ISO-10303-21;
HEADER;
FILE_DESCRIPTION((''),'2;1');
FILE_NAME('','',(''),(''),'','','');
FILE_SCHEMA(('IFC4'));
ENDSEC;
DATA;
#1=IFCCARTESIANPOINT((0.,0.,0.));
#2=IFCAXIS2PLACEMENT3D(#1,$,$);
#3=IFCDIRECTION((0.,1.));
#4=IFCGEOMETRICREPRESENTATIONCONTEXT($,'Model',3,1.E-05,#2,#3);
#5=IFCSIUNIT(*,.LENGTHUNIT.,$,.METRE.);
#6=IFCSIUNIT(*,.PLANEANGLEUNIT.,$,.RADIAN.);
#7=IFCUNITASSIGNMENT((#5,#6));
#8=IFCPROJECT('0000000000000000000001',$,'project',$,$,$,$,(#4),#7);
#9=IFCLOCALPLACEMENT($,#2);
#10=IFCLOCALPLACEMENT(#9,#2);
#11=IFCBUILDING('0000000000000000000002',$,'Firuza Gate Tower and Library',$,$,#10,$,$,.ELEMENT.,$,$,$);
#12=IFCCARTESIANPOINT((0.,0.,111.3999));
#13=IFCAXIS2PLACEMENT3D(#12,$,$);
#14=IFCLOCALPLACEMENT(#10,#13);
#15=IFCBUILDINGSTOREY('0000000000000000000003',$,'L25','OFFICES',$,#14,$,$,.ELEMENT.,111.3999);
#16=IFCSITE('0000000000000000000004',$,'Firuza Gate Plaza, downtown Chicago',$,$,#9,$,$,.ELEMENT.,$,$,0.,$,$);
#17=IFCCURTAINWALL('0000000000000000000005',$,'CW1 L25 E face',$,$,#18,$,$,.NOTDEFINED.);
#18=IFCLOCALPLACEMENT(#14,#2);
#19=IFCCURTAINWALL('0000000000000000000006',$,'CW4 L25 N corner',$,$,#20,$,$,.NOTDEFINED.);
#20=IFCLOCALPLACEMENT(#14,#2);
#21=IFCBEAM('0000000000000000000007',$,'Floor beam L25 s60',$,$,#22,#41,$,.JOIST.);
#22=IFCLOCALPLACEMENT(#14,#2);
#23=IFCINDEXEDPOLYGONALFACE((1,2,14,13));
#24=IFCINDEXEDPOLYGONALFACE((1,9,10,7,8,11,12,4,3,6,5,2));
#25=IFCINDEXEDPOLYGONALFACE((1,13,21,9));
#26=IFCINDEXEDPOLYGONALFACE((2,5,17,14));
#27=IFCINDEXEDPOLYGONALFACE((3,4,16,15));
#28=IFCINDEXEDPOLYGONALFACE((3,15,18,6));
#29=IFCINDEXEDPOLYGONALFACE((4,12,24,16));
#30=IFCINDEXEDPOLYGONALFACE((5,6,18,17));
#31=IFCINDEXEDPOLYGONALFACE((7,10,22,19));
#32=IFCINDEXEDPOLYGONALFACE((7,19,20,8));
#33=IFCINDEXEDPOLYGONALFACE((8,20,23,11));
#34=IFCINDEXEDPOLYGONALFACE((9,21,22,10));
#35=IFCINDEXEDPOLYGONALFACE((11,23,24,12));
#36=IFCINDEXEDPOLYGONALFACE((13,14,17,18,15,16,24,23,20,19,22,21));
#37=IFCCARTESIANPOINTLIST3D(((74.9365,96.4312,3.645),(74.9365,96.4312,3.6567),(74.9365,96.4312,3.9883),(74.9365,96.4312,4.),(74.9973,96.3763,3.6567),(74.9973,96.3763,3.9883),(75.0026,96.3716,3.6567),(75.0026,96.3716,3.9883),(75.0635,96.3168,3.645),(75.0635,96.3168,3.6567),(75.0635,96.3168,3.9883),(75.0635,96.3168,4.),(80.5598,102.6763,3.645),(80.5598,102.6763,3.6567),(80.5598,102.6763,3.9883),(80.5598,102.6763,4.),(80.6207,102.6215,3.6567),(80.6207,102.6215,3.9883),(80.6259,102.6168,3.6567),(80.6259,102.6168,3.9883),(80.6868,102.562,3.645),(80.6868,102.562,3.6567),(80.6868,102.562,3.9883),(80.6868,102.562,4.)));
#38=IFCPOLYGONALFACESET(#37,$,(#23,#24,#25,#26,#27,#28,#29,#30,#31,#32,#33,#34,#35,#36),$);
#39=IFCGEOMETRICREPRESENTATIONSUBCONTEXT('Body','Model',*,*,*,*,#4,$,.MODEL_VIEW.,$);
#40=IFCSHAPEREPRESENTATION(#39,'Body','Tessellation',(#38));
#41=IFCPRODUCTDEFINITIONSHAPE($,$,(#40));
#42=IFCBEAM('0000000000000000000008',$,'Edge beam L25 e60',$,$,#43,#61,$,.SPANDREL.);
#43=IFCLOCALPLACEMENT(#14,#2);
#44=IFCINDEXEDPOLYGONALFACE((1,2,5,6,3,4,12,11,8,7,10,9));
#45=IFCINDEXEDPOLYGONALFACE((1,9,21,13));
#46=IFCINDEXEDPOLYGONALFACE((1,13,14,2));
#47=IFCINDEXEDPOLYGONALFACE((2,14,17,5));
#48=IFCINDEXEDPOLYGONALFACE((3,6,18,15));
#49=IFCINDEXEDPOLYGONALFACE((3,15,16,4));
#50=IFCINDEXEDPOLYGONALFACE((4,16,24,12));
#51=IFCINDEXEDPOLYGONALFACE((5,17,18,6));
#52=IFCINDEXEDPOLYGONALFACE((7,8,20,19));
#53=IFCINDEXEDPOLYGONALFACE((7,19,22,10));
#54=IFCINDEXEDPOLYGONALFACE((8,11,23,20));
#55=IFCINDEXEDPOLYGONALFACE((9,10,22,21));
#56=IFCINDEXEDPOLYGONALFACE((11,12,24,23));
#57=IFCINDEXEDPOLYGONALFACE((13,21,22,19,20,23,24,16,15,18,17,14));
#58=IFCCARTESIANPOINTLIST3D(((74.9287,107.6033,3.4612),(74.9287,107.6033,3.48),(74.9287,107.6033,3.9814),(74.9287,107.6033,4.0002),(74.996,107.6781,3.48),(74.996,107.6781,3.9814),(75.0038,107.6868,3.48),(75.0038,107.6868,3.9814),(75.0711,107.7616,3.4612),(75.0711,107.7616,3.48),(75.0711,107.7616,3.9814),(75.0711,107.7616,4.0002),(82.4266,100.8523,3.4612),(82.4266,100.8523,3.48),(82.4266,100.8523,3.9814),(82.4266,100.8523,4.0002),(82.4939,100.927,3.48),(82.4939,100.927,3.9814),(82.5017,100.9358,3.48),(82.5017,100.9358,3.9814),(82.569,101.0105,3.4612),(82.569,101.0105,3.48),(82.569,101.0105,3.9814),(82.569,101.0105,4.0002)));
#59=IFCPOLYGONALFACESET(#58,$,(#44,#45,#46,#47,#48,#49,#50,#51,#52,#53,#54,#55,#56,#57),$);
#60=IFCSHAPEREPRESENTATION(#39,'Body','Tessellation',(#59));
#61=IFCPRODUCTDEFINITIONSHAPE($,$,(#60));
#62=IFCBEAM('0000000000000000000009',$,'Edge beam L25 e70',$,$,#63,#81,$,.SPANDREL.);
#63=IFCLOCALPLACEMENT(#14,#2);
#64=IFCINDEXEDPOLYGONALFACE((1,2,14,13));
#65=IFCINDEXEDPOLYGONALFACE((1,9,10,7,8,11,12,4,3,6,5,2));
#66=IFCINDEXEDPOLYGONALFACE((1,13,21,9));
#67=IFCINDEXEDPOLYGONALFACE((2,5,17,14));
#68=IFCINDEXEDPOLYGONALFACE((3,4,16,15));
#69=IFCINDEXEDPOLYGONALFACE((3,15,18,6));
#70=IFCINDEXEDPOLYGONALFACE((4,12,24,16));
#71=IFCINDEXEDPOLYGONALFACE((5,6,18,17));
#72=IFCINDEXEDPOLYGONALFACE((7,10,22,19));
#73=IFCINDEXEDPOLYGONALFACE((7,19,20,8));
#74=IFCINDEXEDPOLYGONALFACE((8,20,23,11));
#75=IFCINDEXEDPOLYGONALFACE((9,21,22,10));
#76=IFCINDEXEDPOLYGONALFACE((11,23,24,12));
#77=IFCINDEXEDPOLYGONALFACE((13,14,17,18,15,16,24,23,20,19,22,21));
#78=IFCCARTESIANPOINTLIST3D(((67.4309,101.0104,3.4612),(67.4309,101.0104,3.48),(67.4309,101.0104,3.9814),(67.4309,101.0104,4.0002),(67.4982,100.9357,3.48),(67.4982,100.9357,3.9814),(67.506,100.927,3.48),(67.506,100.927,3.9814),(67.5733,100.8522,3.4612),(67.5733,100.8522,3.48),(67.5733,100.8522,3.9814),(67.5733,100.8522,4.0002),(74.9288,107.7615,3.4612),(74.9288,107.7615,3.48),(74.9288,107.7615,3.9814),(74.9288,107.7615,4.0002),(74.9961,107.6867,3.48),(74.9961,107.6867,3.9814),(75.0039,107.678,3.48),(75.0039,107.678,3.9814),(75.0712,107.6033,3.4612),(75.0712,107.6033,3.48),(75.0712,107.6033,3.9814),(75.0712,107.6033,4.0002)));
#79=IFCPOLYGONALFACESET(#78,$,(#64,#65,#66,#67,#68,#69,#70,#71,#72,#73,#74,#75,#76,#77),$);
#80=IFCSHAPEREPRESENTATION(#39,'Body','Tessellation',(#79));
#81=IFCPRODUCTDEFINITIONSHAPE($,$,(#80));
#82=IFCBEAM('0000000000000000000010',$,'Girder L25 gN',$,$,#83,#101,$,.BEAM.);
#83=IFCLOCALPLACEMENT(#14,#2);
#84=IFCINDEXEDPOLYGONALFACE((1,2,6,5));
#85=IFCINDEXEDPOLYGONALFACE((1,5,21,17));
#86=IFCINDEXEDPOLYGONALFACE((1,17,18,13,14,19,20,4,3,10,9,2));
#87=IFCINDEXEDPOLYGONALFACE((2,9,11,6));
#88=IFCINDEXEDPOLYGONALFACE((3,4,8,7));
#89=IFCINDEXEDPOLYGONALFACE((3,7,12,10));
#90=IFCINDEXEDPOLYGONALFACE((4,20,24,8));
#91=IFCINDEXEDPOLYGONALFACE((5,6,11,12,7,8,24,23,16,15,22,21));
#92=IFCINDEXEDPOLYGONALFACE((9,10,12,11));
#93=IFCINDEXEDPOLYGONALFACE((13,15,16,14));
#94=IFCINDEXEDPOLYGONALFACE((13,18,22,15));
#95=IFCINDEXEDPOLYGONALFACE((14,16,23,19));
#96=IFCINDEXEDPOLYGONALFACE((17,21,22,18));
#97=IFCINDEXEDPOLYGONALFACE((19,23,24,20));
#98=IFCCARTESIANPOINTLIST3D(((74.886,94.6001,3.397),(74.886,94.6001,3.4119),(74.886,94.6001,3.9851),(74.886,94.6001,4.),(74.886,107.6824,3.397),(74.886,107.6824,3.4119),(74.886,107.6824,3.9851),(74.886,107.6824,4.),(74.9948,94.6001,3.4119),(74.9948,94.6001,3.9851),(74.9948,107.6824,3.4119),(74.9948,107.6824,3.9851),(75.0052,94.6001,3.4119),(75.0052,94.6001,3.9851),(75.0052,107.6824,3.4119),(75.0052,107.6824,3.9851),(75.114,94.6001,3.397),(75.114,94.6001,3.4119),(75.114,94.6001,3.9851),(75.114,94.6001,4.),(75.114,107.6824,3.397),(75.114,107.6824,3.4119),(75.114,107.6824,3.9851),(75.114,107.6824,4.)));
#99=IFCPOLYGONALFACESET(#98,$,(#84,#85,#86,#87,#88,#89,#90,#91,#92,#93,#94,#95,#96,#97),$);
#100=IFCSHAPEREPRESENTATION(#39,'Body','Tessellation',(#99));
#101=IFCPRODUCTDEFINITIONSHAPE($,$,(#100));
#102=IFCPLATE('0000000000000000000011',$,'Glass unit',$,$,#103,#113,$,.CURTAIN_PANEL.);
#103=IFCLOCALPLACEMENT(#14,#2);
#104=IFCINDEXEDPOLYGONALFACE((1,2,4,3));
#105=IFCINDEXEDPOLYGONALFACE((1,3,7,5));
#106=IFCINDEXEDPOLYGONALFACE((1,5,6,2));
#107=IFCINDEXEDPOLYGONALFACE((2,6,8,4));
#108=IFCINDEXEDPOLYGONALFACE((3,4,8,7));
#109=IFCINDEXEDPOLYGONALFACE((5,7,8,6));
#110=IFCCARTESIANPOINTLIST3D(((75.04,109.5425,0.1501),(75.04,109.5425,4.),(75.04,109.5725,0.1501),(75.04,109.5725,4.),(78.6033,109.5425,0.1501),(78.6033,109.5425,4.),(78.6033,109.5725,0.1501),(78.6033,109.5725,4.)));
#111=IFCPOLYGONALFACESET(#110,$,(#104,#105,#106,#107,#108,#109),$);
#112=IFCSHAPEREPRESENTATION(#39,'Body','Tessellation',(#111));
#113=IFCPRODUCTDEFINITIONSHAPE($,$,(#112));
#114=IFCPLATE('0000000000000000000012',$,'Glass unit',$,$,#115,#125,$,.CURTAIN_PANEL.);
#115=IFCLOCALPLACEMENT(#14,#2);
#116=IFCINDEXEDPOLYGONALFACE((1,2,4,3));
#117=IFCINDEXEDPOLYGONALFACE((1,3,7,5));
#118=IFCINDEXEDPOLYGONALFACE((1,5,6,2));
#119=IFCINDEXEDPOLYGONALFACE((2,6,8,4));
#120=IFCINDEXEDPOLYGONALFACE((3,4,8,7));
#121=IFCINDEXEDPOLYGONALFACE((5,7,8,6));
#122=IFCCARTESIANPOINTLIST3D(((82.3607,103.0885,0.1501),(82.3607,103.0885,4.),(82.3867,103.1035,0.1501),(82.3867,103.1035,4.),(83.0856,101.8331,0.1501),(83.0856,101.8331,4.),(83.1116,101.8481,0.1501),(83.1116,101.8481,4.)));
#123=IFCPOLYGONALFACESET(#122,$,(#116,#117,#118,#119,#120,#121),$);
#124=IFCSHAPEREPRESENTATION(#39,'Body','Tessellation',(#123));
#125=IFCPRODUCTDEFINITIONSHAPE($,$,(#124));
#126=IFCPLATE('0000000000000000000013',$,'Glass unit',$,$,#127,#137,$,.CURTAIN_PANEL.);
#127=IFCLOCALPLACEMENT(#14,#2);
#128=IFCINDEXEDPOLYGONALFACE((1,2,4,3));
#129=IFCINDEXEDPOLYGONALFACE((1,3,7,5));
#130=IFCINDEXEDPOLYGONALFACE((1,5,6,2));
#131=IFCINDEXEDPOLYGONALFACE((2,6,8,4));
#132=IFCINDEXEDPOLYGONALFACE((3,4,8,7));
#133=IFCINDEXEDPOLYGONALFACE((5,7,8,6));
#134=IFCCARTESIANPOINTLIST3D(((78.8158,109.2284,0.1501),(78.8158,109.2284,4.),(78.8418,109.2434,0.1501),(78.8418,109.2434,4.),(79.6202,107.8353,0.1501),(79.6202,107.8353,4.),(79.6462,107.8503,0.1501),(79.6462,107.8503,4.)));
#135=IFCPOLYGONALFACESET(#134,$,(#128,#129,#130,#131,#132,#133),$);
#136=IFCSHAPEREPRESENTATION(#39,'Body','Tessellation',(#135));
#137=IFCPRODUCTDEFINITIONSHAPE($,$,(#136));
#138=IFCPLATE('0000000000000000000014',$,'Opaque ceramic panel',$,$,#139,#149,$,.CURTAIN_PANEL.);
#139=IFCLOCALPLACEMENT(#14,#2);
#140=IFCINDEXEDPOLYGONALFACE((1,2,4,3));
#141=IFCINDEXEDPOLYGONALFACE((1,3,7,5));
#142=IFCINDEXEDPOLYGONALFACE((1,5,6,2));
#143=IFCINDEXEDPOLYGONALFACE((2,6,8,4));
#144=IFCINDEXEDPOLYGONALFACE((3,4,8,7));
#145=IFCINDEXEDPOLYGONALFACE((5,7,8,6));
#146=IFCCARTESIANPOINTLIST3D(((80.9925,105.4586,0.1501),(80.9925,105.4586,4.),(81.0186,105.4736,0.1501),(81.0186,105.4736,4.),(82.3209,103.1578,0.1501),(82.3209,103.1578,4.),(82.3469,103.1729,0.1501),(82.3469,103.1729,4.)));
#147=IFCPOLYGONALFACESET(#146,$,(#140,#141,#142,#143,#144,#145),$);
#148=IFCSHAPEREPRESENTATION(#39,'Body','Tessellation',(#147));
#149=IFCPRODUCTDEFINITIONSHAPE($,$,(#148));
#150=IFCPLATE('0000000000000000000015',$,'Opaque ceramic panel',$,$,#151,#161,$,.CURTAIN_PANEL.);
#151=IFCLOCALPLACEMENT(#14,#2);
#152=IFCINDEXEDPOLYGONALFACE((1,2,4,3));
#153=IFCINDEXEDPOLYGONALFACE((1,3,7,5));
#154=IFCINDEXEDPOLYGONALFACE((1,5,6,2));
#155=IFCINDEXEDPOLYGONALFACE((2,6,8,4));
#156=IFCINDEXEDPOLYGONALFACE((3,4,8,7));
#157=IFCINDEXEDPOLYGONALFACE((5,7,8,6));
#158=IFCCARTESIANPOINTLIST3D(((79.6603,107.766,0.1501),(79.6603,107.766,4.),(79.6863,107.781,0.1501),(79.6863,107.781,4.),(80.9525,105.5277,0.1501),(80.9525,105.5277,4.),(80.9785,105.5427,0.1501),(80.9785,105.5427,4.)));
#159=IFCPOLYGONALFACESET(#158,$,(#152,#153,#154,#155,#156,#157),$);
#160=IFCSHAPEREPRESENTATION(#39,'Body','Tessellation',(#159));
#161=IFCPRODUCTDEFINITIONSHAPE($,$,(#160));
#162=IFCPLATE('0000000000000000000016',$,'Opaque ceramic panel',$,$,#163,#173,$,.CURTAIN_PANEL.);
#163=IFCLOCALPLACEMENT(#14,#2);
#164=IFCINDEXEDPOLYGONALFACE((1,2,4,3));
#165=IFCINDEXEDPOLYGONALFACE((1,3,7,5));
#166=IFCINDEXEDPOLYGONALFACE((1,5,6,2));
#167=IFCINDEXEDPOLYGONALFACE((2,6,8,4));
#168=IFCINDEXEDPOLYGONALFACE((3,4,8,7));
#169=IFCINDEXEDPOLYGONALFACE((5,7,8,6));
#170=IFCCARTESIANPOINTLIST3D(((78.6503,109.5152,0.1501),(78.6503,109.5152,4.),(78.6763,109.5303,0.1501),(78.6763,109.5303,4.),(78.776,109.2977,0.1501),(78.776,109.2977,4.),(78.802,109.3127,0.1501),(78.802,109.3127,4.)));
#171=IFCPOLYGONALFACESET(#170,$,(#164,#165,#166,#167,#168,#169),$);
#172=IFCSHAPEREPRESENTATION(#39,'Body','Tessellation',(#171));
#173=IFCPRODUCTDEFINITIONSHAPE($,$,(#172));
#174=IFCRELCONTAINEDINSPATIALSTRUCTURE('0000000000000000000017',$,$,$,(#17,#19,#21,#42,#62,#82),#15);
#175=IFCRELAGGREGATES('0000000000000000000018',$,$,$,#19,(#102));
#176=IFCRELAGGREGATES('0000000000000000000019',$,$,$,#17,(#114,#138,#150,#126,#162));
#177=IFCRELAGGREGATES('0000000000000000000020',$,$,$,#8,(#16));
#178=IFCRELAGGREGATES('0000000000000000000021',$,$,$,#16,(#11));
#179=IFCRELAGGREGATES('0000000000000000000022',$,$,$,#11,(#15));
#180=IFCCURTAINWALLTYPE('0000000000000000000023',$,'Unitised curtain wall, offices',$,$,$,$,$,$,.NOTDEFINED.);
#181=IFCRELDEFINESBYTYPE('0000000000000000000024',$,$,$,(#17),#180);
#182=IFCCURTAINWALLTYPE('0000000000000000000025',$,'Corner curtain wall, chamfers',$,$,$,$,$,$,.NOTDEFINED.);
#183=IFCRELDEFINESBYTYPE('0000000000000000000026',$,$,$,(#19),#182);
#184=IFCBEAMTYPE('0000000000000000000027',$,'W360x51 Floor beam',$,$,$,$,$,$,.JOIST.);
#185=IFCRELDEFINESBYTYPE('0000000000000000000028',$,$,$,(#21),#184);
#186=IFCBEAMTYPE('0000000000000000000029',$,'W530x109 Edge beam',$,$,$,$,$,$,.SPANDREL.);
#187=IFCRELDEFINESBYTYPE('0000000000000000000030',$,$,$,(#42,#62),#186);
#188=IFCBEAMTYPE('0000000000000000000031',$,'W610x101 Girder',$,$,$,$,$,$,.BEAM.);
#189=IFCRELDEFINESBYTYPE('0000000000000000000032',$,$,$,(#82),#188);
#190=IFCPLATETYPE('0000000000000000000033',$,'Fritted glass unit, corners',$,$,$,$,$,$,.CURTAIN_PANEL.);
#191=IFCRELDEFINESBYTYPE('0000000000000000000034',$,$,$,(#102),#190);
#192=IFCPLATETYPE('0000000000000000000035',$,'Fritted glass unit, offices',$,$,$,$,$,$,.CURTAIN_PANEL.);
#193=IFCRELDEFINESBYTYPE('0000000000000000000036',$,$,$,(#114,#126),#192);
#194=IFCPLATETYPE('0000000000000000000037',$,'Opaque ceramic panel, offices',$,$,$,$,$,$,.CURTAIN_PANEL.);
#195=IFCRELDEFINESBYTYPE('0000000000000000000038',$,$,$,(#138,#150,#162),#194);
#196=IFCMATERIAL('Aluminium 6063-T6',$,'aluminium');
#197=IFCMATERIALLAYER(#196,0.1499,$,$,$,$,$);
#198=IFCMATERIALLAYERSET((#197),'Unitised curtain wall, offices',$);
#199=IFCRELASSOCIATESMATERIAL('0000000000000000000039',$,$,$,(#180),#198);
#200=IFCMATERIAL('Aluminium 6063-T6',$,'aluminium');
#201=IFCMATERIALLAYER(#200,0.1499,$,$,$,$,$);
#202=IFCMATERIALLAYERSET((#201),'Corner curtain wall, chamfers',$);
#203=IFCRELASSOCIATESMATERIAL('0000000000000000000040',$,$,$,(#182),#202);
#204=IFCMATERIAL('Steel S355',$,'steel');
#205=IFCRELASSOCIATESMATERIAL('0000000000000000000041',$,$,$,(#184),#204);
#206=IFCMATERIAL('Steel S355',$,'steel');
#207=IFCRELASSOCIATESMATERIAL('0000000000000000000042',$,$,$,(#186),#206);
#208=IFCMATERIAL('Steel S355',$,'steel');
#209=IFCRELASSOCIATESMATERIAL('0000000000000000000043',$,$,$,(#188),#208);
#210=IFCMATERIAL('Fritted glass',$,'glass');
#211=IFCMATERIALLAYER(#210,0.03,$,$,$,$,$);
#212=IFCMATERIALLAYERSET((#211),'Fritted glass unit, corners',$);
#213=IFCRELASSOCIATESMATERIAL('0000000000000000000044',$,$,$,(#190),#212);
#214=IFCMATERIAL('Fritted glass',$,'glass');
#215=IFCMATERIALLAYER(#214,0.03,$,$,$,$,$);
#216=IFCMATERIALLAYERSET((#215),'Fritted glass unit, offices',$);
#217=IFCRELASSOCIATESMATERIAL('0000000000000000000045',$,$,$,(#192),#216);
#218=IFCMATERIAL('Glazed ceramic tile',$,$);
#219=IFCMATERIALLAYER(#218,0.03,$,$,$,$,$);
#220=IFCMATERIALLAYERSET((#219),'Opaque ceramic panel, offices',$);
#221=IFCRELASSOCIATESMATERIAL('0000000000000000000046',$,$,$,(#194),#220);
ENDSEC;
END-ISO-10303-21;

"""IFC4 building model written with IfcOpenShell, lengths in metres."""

from ifc_helpers import new_model, si_unit, direction, frame, origin, origin_2d, place, context, subcontext, project, spatial, polyline, i_section, outline, extrude, material, layer, layer_set, material_profile, profile_set, type_object, element, aggregate, save


model = new_model("IFC4")

# Units and contexts
model_context = context("Model", 3, precision=1e-05, world=origin(), true_north=direction((0.0, 1.0)))
body_context = subcontext(model_context, "Body", "Model", "MODEL_VIEW")
ifc_project = project(units=[si_unit("LENGTHUNIT", "METRE"), si_unit("PLANEANGLEUNIT", "RADIAN")], contexts=[model_context])

# Site, building, storey
site_placement = place(None, origin())
site = spatial("IfcSite", under=ifc_project, at=site_placement, Name="Firuza Gate Plaza, downtown Chicago", CompositionType="ELEMENT", RefElevation=0.0)
building_placement = place(site_placement, origin())
building = spatial("IfcBuilding", under=site, at=building_placement, Name="Firuza Gate Tower and Library", CompositionType="ELEMENT")
storey_placement = place(building_placement, frame((0.0, 0.0, 111.3999)))
storey = spatial("IfcBuildingStorey", under=building, at=storey_placement, Name="L25", Description="OFFICES", CompositionType="ELEMENT", Elevation=111.3999)

# Curtain walls
ifc_material_1 = material(Name="Aluminium 6063-T6", Category="aluminium")
ifc_layer_1 = layer(ifc_material_1, 0.1499)
ifc_layer_set_1 = layer_set([ifc_layer_1], Name="Unitised curtain wall, offices")
curtain_wall_type_1 = type_object("IfcCurtainWallType", Name="Unitised curtain wall, offices", PredefinedType="NOTDEFINED", material=ifc_layer_set_1)
placement = place(storey_placement, origin())
curtain_wall_1 = element("IfcCurtainWall", 1, at=placement, inside=storey, type_object=curtain_wall_type_1, Name="CW1 L25 E face", PredefinedType="NOTDEFINED")
ifc_material_2 = material(Name="Aluminium 6063-T6", Category="aluminium")
ifc_layer_2 = layer(ifc_material_2, 0.1499)
ifc_layer_set_2 = layer_set([ifc_layer_2], Name="Corner curtain wall, chamfers")
curtain_wall_type_2 = type_object("IfcCurtainWallType", Name="Corner curtain wall, chamfers", PredefinedType="NOTDEFINED", material=ifc_layer_set_2)
curtain_wall_2 = element("IfcCurtainWall", 2, at=placement, inside=storey, type_object=curtain_wall_type_2, Name="CW4 L25 N corner", PredefinedType="NOTDEFINED")

# Beams
ifc_material_3 = material(Name="Steel S355", Category="steel")
ifc_material_profile_1 = material_profile(ifc_material_3, i_section(OverallWidth=0.1709, OverallDepth=0.355, WebThickness=0.0071, FlangeThickness=0.0117, at=origin_2d()))
ifc_profile_set_1 = profile_set([ifc_material_profile_1], Name="Steel S355")
beam_type_1 = type_object("IfcBeamType", Name="W360x51 Floor beam", PredefinedType="JOIST", material=ifc_profile_set_1)
beam_1_placement = place(storey_placement, frame((80.6233, 102.6191, 3.8225), z_axis=(-0.669141, -0.743135, 0.0), x_axis=(0.743135, -0.669141, 0.0)))
element("IfcBeam", 3, at=beam_1_placement, inside=storey, type_object=beam_type_1, Name="Floor beam L25 s60", PredefinedType="JOIST", context=body_context, shape_type="SweptSolid", body=[
    extrude(i_section(OverallWidth=0.1709, OverallDepth=0.355, WebThickness=0.0071, FlangeThickness=0.0117, at=origin_2d()), origin(), (0.0, 0.0, 1.0), 8.4038),
])
ifc_material_4 = material(Name="Steel S355", Category="steel")
ifc_material_profile_2 = material_profile(ifc_material_4, i_section(OverallWidth=0.2129, OverallDepth=0.5391, WebThickness=0.0117, FlangeThickness=0.0188, at=origin_2d()))
ifc_profile_set_2 = profile_set([ifc_material_profile_2], Name="Steel S355")
beam_type_2 = type_object("IfcBeamType", Name="W530x109 Edge beam", PredefinedType="SPANDREL", material=ifc_profile_set_2)
for number, where, z_axis, x_axis, name in (
    (4, (82.4978, 100.9314, 3.7307), (-0.743149, 0.669126, 0.0), (-0.669126, -0.743149, 0.0), "Edge beam L25 e60"),
    (5, (75.0, 107.6824, 3.7307), (-0.743149, -0.669126, 0.0), (0.669126, -0.743149, 0.0), "Edge beam L25 e70"),
):
    element("IfcBeam", number, at=place(storey_placement, frame(where, z_axis=z_axis, x_axis=x_axis)), inside=storey, type_object=beam_type_2, Name=name, PredefinedType="SPANDREL", context=body_context, shape_type="SweptSolid", body=[
        extrude(i_section(OverallWidth=0.2129, OverallDepth=0.5391, WebThickness=0.0117, FlangeThickness=0.0188, at=origin_2d()), origin(), (0.0, 0.0, 1.0), 10.0894),
    ])
ifc_material_5 = material(Name="Steel S355", Category="steel")
ifc_material_profile_3 = material_profile(ifc_material_5, i_section(OverallWidth=0.228, OverallDepth=0.603, WebThickness=0.0105, FlangeThickness=0.0149, at=origin_2d()))
ifc_profile_set_3 = profile_set([ifc_material_profile_3], Name="Steel S355")
beam_type_3 = type_object("IfcBeamType", Name="W610x101 Girder", PredefinedType="BEAM", material=ifc_profile_set_3)
beam_2_placement = place(storey_placement, frame((75.0, 107.6824, 3.6985), z_axis=(0.0, -1.0, 0.0), x_axis=(1.0, 0.0, 0.0)))
element("IfcBeam", 6, at=beam_2_placement, inside=storey, type_object=beam_type_3, Name="Girder L25 gN", PredefinedType="BEAM", context=body_context, shape_type="SweptSolid", body=[
    extrude(i_section(OverallWidth=0.228, OverallDepth=0.603, WebThickness=0.0105, FlangeThickness=0.0149, at=origin_2d()), origin(), (0.0, 0.0, 1.0), 13.0823),
])

# Plates
ifc_material_6 = material(Name="Fritted glass", Category="glass")
ifc_layer_3 = layer(ifc_material_6, 0.03)
ifc_layer_set_3 = layer_set([ifc_layer_3], Name="Fritted glass unit, corners")
plate_type_1 = type_object("IfcPlateType", Name="Fritted glass unit, corners", PredefinedType="CURTAIN_PANEL", material=ifc_layer_set_3)
plate_1_placement = place(storey_placement, frame((78.6033, 109.5725, 0.1501), z_axis=(0.0, 1.0, 0.0), x_axis=(-1.0, 0.0, 0.0)))
plate_1 = element("IfcPlate", 7, at=plate_1_placement, type_object=plate_type_1, Name="Glass unit", PredefinedType="CURTAIN_PANEL", context=body_context, shape_type="SweptSolid", body=[
    extrude(outline(polyline([(0.0, 0.0), (3.5632, 0.0), (3.5632, 3.8499), (0.0, 3.8499), (0.0, 0.0)])), origin(), (0.0, 0.0, -1.0), 0.03),
])
aggregate(curtain_wall_2, [plate_1])
ifc_material_7 = material(Name="Fritted glass", Category="glass")
ifc_layer_4 = layer(ifc_material_7, 0.03)
ifc_layer_set_4 = layer_set([ifc_layer_4], Name="Fritted glass unit, offices")
plate_type_2 = type_object("IfcPlateType", Name="Fritted glass unit, offices", PredefinedType="CURTAIN_PANEL", material=ifc_layer_set_4)
plate_2_placement = place(storey_placement, frame((83.1116, 101.8481, 0.1501), z_axis=(0.866006, 0.500033, 0.0), x_axis=(-0.500033, 0.866006, 0.0)))
plate_2 = element("IfcPlate", 8, at=plate_2_placement, type_object=plate_type_2, Name="Glass unit", PredefinedType="CURTAIN_PANEL", context=body_context, shape_type="SweptSolid", body=[
    extrude(outline(polyline([(0.0, 0.0), (1.4496, 0.0), (1.4496, 3.8499), (0.0, 3.8499), (0.0, 0.0)])), origin(), (0.0, 0.0, -1.0), 0.03),
])
plate_3_placement = place(storey_placement, frame((79.6462, 107.8503, 0.1501), z_axis=(0.865983, 0.500073, 0.0), x_axis=(-0.500073, 0.865983, 0.0)))
plate_3 = element("IfcPlate", 9, at=plate_3_placement, type_object=plate_type_2, Name="Glass unit", PredefinedType="CURTAIN_PANEL", context=body_context, shape_type="SweptSolid", body=[
    extrude(outline(polyline([(0.0, 0.0), (1.6087, 0.0), (1.6087, 3.8499), (0.0, 3.8499), (0.0, 0.0)])), origin(), (0.0, 0.0, -1.0), 0.03),
])
ifc_material_8 = material(Name="Glazed ceramic tile")
ifc_layer_5 = layer(ifc_material_8, 0.03)
ifc_layer_set_5 = layer_set([ifc_layer_5], Name="Opaque ceramic panel, offices")
plate_type_3 = type_object("IfcPlateType", Name="Opaque ceramic panel, offices", PredefinedType="CURTAIN_PANEL", material=ifc_layer_set_5)
plate_4_placement = place(storey_placement, frame((82.3469, 103.1729, 0.1501), z_axis=(0.866023, 0.500004, 0.0), x_axis=(-0.500004, 0.866023, 0.0)))
plate_4 = element("IfcPlate", 10, at=plate_4_placement, type_object=plate_type_3, Name="Opaque ceramic panel", PredefinedType="CURTAIN_PANEL", context=body_context, shape_type="SweptSolid", body=[
    extrude(outline(polyline([(0.0, 0.0), (2.6567, 0.0), (2.6567, 3.8499), (0.0, 3.8499), (0.0, 0.0)])), origin(), (0.0, 0.0, -1.0), 0.03),
])
plate_5_placement = place(storey_placement, frame((80.9785, 105.5427, 0.1501), z_axis=(0.866031, 0.49999, 0.0), x_axis=(-0.49999, 0.866031, 0.0)))
plate_5 = element("IfcPlate", 11, at=plate_5_placement, type_object=plate_type_3, Name="Opaque ceramic panel", PredefinedType="CURTAIN_PANEL", context=body_context, shape_type="SweptSolid", body=[
    extrude(outline(polyline([(0.0, 0.0), (2.5845, 0.0), (2.5845, 3.8499), (0.0, 3.8499), (0.0, 0.0)])), origin(), (0.0, 0.0, -1.0), 0.03),
])
plate_6_placement = place(storey_placement, frame((78.802, 109.3127, 0.1501), z_axis=(0.865781, 0.500423, 0.0), x_axis=(-0.500423, 0.865781, 0.0)))
plate_6 = element("IfcPlate", 12, at=plate_6_placement, type_object=plate_type_3, Name="Opaque ceramic panel", PredefinedType="CURTAIN_PANEL", context=body_context, shape_type="SweptSolid", body=[
    extrude(outline(polyline([(0.0, 0.0), (0.2513, 0.0), (0.2513, 3.8499), (0.0, 3.8499), (0.0, 0.0)])), origin(), (0.0, 0.0, -1.0), 0.03),
])
aggregate(curtain_wall_1, [plate_2, plate_4, plate_5, plate_3, plate_6])

save(model, "model.ifc")
